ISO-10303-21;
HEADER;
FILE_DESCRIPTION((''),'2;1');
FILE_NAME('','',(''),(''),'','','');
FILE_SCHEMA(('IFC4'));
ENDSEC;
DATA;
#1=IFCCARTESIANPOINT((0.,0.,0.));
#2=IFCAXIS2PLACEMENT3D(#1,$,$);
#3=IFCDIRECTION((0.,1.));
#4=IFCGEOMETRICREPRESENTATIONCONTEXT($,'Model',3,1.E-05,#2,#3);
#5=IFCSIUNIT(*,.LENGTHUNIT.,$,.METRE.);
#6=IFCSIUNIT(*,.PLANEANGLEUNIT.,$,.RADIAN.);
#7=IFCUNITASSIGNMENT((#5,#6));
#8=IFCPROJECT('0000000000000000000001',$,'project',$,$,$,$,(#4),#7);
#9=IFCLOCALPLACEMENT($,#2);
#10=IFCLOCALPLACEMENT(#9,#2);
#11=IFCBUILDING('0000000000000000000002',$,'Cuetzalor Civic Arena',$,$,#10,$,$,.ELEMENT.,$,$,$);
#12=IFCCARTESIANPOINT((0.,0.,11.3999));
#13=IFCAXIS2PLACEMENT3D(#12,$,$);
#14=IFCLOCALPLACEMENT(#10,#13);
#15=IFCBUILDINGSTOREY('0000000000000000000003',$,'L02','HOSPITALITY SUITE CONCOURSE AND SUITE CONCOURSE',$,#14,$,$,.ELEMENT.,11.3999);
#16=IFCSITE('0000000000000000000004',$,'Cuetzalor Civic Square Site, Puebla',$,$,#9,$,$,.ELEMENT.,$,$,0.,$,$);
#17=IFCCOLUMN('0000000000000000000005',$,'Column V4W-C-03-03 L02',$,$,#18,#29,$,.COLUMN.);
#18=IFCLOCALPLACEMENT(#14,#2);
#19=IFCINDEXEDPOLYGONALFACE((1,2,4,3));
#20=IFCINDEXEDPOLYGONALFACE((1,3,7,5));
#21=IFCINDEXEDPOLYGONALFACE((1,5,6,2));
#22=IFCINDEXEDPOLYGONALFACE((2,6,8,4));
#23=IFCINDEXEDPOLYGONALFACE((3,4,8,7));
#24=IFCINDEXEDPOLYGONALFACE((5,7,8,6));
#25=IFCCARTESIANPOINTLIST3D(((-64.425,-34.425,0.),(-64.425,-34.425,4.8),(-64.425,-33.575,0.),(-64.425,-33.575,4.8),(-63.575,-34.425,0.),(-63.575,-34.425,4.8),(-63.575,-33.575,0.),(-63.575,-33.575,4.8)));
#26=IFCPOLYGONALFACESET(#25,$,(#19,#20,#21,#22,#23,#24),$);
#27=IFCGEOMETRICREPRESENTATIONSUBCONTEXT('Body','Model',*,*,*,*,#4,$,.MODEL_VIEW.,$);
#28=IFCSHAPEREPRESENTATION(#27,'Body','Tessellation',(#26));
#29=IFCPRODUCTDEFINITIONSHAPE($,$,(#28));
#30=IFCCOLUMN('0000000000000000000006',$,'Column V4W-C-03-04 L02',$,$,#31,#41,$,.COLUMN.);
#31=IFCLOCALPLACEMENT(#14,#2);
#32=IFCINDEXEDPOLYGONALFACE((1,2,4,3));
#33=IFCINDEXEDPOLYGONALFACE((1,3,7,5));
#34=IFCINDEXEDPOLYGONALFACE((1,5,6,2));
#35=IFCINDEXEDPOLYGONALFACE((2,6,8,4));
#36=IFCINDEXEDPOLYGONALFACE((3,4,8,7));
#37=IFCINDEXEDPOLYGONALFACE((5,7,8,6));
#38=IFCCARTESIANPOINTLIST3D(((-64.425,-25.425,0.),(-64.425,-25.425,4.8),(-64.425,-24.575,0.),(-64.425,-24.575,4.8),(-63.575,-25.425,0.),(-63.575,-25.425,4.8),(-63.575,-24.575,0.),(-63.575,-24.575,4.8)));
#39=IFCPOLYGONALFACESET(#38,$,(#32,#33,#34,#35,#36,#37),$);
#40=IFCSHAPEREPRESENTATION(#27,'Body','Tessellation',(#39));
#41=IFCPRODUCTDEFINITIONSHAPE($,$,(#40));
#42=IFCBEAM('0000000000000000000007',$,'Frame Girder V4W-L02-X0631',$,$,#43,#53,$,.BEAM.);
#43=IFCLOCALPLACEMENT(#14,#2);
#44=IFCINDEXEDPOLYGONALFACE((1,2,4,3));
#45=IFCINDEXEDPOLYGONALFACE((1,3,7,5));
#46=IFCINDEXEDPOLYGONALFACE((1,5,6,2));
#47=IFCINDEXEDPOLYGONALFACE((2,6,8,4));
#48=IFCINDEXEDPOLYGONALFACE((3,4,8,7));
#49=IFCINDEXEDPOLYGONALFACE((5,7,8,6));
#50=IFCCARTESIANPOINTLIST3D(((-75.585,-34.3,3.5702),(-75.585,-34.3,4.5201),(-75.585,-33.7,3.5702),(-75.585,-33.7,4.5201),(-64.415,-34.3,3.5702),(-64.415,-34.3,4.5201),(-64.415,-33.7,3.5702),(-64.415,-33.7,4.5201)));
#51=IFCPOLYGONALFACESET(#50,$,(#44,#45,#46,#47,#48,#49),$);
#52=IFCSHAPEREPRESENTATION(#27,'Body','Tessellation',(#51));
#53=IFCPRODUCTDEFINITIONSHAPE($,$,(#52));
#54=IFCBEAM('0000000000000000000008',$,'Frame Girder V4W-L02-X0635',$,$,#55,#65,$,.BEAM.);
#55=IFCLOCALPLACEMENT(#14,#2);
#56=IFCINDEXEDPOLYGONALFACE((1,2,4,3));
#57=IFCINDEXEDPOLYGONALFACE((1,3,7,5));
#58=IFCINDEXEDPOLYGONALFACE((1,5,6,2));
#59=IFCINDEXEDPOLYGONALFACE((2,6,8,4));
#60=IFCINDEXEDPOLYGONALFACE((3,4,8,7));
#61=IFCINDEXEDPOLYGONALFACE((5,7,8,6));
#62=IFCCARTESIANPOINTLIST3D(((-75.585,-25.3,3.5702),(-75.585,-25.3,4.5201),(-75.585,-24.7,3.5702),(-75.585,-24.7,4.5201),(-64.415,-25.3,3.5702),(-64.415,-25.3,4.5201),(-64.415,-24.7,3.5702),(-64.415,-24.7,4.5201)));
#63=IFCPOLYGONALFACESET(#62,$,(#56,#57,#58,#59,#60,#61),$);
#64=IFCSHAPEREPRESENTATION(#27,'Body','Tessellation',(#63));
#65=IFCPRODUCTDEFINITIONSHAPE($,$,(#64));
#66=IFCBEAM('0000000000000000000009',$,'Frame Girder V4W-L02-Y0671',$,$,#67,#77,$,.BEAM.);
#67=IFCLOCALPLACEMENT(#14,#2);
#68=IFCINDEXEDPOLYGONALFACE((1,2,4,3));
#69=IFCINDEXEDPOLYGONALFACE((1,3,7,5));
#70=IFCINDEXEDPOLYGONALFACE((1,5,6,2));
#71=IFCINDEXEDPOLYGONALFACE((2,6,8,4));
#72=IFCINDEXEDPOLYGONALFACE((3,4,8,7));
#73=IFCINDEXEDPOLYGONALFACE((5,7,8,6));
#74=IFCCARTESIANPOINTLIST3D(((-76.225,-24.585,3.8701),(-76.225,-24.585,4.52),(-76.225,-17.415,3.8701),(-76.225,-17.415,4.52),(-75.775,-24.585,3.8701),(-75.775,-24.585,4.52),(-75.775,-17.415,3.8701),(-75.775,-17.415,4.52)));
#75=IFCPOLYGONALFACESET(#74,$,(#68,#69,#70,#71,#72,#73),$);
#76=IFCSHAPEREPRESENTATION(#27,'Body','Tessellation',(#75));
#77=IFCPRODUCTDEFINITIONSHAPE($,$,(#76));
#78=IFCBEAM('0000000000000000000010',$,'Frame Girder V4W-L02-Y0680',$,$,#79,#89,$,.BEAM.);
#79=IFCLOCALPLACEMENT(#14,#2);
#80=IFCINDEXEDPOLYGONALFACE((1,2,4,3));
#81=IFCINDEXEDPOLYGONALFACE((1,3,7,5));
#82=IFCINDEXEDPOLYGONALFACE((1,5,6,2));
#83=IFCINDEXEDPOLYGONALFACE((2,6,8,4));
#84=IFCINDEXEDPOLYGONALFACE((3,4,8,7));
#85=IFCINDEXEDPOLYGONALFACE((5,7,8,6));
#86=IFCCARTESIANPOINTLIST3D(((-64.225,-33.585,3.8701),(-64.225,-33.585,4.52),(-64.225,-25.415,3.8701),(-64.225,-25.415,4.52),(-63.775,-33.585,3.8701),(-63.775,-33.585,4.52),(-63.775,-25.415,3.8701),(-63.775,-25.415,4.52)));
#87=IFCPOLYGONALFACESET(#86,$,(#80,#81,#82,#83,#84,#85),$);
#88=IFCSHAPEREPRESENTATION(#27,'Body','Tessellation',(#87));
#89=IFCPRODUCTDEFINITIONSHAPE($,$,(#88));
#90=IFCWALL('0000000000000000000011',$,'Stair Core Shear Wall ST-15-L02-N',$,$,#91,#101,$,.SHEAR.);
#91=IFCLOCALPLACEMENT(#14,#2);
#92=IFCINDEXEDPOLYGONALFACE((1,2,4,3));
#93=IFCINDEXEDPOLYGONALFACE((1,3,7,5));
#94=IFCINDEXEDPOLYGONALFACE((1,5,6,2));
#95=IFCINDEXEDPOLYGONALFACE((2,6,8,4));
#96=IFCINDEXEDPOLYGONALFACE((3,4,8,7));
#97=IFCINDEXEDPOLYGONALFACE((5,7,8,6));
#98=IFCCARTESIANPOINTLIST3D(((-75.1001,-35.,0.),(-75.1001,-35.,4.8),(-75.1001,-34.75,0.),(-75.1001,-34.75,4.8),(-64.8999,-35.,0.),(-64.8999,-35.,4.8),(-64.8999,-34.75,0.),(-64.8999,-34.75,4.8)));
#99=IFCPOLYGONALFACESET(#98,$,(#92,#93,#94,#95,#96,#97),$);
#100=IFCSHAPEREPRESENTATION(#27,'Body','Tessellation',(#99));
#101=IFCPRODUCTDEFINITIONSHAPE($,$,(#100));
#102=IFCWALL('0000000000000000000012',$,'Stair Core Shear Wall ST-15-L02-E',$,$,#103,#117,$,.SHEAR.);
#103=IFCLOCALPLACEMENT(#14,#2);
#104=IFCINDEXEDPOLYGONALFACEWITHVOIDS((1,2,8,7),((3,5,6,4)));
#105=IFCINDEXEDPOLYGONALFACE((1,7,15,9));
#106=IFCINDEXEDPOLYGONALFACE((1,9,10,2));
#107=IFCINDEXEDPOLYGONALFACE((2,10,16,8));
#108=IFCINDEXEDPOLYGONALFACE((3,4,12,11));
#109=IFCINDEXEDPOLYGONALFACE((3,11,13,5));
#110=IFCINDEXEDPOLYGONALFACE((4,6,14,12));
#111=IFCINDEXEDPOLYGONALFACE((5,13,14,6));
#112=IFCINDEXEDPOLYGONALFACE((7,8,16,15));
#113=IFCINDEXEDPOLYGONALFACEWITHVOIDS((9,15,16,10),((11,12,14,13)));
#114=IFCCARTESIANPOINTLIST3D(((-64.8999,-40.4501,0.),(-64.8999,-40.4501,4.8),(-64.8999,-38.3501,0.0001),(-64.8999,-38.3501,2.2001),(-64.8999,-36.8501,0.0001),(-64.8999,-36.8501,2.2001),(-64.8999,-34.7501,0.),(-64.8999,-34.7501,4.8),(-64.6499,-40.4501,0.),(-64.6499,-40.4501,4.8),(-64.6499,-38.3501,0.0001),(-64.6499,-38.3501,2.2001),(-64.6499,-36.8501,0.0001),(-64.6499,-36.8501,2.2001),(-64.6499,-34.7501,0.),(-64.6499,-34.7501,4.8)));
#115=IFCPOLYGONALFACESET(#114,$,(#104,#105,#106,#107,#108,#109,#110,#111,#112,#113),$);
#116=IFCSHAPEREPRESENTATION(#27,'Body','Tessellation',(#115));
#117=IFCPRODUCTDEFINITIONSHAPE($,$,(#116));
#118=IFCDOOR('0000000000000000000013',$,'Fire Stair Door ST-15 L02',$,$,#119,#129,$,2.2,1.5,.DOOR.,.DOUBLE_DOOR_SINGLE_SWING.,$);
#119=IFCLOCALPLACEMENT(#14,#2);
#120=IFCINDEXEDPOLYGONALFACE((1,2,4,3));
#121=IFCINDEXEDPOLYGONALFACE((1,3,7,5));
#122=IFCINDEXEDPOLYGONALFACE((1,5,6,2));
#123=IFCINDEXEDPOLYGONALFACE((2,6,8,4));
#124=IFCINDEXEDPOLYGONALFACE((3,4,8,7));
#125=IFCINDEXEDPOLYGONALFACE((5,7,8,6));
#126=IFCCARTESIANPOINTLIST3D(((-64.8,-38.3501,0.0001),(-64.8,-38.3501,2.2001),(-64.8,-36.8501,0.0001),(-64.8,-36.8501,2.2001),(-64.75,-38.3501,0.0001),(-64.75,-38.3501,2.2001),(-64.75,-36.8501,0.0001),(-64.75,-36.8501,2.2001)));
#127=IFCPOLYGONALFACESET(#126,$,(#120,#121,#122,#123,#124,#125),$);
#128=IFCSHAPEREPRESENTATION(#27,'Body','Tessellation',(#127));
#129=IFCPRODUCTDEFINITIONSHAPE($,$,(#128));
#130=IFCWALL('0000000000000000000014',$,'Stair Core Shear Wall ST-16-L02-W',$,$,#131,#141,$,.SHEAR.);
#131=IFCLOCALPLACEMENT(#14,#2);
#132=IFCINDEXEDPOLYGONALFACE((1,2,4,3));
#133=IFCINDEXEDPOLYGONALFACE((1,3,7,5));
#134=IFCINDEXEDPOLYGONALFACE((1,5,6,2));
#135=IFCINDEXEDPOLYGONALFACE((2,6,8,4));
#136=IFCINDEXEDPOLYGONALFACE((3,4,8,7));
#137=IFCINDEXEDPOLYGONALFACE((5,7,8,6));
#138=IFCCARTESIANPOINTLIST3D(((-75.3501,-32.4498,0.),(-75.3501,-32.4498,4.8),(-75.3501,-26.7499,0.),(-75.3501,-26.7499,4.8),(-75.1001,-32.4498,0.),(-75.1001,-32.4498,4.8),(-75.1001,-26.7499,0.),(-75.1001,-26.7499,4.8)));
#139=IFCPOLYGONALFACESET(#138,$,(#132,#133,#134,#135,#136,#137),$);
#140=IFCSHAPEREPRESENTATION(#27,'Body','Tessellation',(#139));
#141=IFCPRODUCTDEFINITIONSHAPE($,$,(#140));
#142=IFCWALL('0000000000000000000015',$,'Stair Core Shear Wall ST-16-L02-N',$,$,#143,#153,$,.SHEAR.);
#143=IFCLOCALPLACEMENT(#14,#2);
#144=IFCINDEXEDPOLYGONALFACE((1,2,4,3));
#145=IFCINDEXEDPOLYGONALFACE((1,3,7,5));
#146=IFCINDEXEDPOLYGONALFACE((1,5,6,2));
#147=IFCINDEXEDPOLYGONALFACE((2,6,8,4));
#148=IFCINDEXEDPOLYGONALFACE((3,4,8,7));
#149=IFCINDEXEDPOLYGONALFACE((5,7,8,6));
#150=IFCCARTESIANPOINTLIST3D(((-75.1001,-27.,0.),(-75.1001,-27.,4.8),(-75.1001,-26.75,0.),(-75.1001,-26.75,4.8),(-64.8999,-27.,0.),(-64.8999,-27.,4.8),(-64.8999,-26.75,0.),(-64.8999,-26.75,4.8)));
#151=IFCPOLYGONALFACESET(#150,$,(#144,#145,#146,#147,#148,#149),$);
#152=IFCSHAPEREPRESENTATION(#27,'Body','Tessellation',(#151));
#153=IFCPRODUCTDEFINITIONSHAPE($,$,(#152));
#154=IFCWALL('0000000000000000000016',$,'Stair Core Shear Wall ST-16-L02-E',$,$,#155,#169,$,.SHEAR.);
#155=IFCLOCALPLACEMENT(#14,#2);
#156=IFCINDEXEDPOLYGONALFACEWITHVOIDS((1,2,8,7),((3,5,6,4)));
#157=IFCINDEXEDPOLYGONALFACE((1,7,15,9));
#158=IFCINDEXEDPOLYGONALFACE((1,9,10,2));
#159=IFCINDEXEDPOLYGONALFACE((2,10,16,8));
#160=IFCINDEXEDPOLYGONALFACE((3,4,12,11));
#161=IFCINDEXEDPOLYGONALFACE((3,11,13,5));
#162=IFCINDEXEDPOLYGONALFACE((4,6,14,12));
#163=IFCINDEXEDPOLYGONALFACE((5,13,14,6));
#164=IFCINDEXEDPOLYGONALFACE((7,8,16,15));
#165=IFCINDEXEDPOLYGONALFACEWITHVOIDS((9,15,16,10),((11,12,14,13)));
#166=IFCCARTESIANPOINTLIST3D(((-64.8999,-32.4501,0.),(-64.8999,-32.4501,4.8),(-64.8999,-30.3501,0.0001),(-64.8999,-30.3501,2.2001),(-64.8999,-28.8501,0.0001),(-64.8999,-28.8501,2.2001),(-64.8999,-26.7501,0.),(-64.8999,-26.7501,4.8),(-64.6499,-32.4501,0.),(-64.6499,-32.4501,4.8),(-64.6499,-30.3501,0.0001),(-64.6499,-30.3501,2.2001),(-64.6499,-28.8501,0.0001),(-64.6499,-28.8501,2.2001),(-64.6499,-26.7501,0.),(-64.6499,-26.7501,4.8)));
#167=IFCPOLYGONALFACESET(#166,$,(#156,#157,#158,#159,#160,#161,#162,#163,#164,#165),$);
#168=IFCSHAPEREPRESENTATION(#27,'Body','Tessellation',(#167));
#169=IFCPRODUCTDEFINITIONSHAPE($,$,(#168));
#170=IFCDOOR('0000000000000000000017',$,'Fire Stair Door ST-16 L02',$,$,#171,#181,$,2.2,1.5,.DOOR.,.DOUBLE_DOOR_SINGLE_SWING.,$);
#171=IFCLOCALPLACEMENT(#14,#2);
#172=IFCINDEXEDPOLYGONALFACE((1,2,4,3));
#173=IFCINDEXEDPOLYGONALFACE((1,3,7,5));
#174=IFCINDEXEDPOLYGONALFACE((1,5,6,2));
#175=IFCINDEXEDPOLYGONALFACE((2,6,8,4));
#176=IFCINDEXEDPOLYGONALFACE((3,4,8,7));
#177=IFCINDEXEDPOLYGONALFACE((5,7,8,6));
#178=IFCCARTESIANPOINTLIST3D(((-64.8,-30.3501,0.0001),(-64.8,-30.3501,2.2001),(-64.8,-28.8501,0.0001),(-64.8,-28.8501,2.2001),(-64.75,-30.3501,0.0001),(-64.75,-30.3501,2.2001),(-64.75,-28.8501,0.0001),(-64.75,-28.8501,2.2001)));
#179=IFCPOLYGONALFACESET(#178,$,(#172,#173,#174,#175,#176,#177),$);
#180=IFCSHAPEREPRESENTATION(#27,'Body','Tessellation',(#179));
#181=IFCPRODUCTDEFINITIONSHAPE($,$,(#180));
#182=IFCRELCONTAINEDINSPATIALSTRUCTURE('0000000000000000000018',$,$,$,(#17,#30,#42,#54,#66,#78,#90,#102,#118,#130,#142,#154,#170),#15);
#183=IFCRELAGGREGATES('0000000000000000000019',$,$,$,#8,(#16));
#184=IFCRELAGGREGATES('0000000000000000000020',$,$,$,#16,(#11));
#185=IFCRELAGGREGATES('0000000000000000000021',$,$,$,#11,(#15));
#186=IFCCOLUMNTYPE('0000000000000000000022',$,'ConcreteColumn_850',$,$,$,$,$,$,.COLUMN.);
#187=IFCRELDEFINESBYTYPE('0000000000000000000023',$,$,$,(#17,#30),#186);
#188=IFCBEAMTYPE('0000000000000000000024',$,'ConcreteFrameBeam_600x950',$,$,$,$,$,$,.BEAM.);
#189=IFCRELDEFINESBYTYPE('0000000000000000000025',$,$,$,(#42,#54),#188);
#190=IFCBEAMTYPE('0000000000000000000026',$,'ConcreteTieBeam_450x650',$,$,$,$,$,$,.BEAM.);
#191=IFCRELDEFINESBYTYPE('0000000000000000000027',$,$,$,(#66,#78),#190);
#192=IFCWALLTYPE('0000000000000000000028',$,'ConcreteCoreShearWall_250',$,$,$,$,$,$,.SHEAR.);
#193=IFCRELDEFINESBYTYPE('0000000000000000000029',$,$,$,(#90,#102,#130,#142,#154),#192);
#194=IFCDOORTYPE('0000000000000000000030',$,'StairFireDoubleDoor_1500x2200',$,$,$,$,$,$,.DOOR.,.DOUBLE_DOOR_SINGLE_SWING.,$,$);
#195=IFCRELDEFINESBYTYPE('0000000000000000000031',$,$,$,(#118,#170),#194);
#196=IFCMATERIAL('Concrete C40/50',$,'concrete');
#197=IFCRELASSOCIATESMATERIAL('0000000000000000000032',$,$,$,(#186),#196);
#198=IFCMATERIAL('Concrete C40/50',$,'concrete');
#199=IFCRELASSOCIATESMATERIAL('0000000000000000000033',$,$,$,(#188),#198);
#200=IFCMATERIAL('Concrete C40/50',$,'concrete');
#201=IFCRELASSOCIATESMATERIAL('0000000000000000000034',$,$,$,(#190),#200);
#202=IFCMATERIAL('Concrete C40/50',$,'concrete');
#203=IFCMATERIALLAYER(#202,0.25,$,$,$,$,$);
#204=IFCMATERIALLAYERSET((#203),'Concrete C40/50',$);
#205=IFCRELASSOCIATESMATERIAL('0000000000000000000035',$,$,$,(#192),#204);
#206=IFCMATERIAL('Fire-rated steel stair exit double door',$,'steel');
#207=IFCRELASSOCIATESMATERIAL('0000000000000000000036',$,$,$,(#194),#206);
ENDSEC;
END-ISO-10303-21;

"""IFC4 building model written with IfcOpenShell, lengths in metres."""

from ifc_helpers import new_model, si_unit, direction, frame, frame_2d, origin, origin_2d, place, context, subcontext, project, spatial, rectangle, extrude, material, layer, layer_set, material_profile, profile_set, type_object, element, fill, save


model = new_model("IFC4")

# Units and contexts
model_context = context("Model", 3, precision=1e-05, world=origin(), true_north=direction((0.0, 1.0)))
body_context = subcontext(model_context, "Body", "Model", "MODEL_VIEW")
ifc_project = project(units=[si_unit("LENGTHUNIT", "METRE"), si_unit("PLANEANGLEUNIT", "RADIAN")], contexts=[model_context])

# Site, building, storey
site_placement = place(None, origin())
site = spatial("IfcSite", under=ifc_project, at=site_placement, Name="Cuetzalor Civic Square Site, Puebla", CompositionType="ELEMENT", RefElevation=0.0)
building_placement = place(site_placement, origin())
building = spatial("IfcBuilding", under=site, at=building_placement, Name="Cuetzalor Civic Arena", CompositionType="ELEMENT")
storey_placement = place(building_placement, frame((0.0, 0.0, 11.3999)))
storey = spatial("IfcBuildingStorey", under=building, at=storey_placement, Name="L02", Description="HOSPITALITY SUITE CONCOURSE AND SUITE CONCOURSE", CompositionType="ELEMENT", Elevation=11.3999)

# Columns
ifc_material_1 = material(Name="Concrete C40/50", Category="concrete")
ifc_material_profile_1 = material_profile(ifc_material_1, rectangle(XDim=0.8501, YDim=0.8501, at=origin_2d()), Name="RC 850x850")
ifc_profile_set_1 = profile_set([ifc_material_profile_1], Name="Concrete C40/50")
column_type = type_object("IfcColumnType", Name="ConcreteColumn_850", PredefinedType="COLUMN", material=ifc_profile_set_1)
for number, where, z_axis, x_axis, name in (
    (1, (-64.0, -34.0, 0.0), (0.0, 0.0, 1.0), (1.0, 0.0, 0.0), "Column V4W-C-03-03 L02"),
    (2, (-64.0, -25.0, 0.0), (0.0, 0.0, 1.0), (1.0, 0.0, 0.0), "Column V4W-C-03-04 L02"),
):
    element("IfcColumn", number, at=place(storey_placement, frame(where, z_axis=z_axis, x_axis=x_axis)), inside=storey, type_object=column_type, Name=name, PredefinedType="COLUMN", context=body_context, shape_type="SweptSolid", body=[
        extrude(rectangle(XDim=0.8501, YDim=0.8501, at=origin_2d()), origin(), (0.0, 0.0, 1.0), 4.8),
    ])

# Beams
ifc_material_2 = material(Name="Concrete C40/50", Category="concrete")
ifc_material_profile_2 = material_profile(ifc_material_2, rectangle(XDim=0.6001, YDim=0.95, at=origin_2d()), Name="RC 600x950")
ifc_profile_set_2 = profile_set([ifc_material_profile_2], Name="Concrete C40/50")
beam_type_1 = type_object("IfcBeamType", Name="ConcreteFrameBeam_600x950", PredefinedType="BEAM", material=ifc_profile_set_2)
for number, where, z_axis, x_axis, name in (
    (3, (-75.585, -34.0, 4.0452), (1.0, 0.0, 0.0), (0.0, 1.0, 0.0), "Frame Girder V4W-L02-X0631"),
    (4, (-75.585, -25.0, 4.0452), (1.0, 0.0, 0.0), (0.0, 1.0, 0.0), "Frame Girder V4W-L02-X0635"),
):
    element("IfcBeam", number, at=place(storey_placement, frame(where, z_axis=z_axis, x_axis=x_axis)), inside=storey, type_object=beam_type_1, Name=name, PredefinedType="BEAM", context=body_context, shape_type="SweptSolid", body=[
        extrude(rectangle(XDim=0.6001, YDim=0.95, at=origin_2d()), origin(), (0.0, 0.0, 1.0), 11.1699),
    ])
ifc_material_3 = material(Name="Concrete C40/50", Category="concrete")
ifc_material_profile_3 = material_profile(ifc_material_3, rectangle(XDim=0.45, YDim=0.6499, at=origin_2d()), Name="RC 450x650")
ifc_profile_set_3 = profile_set([ifc_material_profile_3], Name="Concrete C40/50")
beam_type_2 = type_object("IfcBeamType", Name="ConcreteTieBeam_450x650", PredefinedType="BEAM", material=ifc_profile_set_3)
beam_1_placement = place(storey_placement, frame((-76.0, -24.585, 4.1951), z_axis=(0.0, 1.0, 0.0), x_axis=(-1.0, 0.0, 0.0)))
element("IfcBeam", 5, at=beam_1_placement, inside=storey, type_object=beam_type_2, Name="Frame Girder V4W-L02-Y0671", PredefinedType="BEAM", context=body_context, shape_type="SweptSolid", body=[
    extrude(rectangle(XDim=0.45, YDim=0.6499, at=origin_2d()), origin(), (0.0, 0.0, 1.0), 7.1699),
])
beam_2_placement = place(storey_placement, frame((-64.0, -33.585, 4.1951), z_axis=(0.0, 1.0, 0.0), x_axis=(-1.0, 0.0, 0.0)))
element("IfcBeam", 6, at=beam_2_placement, inside=storey, type_object=beam_type_2, Name="Frame Girder V4W-L02-Y0680", PredefinedType="BEAM", context=body_context, shape_type="SweptSolid", body=[
    extrude(rectangle(XDim=0.45, YDim=0.6499, at=origin_2d()), origin(), (0.0, 0.0, 1.0), 8.1699),
])

# Wall
ifc_material_4 = material(Name="Concrete C40/50", Category="concrete")
ifc_layer = layer(ifc_material_4, 0.25)
ifc_layer_set = layer_set([ifc_layer], Name="Concrete C40/50")
wall_type = type_object("IfcWallType", Name="ConcreteCoreShearWall_250", PredefinedType="SHEAR", material=ifc_layer_set)
wall_1_placement = place(storey_placement, frame((-75.1001, -34.875, 0.0), z_axis=(0.0, 0.0, 1.0), x_axis=(1.0, 0.0, 0.0)))
element("IfcWall", 7, at=wall_1_placement, inside=storey, type_object=wall_type, Name="Stair Core Shear Wall ST-15-L02-N", PredefinedType="SHEAR", context=body_context, shape_type="SweptSolid", body=[
    extrude(rectangle(XDim=10.2002, YDim=0.25, at=frame_2d((5.1001, 0.0))), origin(), (0.0, 0.0, 1.0), 4.8),
])

# Wall, opening, door
wall_2_placement = place(storey_placement, frame((-64.7749, -34.75, 0.0), z_axis=(0.0, 0.0, 1.0), x_axis=(0.0, -1.0, 0.0)))
wall_2 = element("IfcWall", 8, at=wall_2_placement, inside=storey, type_object=wall_type, Name="Stair Core Shear Wall ST-15-L02-E", PredefinedType="SHEAR", context=body_context, shape_type="SweptSolid", body=[
    extrude(rectangle(XDim=5.7, YDim=0.25, at=frame_2d((2.8501, 0.0))), origin(), (0.0, 0.0, 1.0), 4.8),
])
opening_1_placement = place(wall_2_placement, frame((2.1001, 0.0, 0.0)))
opening_1 = element("IfcOpeningElement", 9, at=opening_1_placement, cuts=wall_2, PredefinedType="OPENING", context=body_context, shape_type="SweptSolid", body=[
    extrude(rectangle(XDim=1.5, YDim=2.2, at=frame_2d((0.75, 1.1001))), frame((0.0, 0.135, 0.0), z_axis=(0.0, -1.0, 0.0), x_axis=(1.0, 0.0, 0.0)), (0.0, 0.0, 1.0), 0.27),
])
ifc_material_5 = material(Name="Fire-rated steel stair exit double door", Category="steel")
door_type = type_object("IfcDoorType", Name="StairFireDoubleDoor_1500x2200", OperationType="DOUBLE_DOOR_SINGLE_SWING", PredefinedType="DOOR", material=ifc_material_5)
door_1_placement = place(opening_1_placement, origin())
door_1 = element("IfcDoor", 10, at=door_1_placement, inside=storey, type_object=door_type, Name="Fire Stair Door ST-15 L02", OperationType="DOUBLE_DOOR_SINGLE_SWING", OverallHeight=2.2, OverallWidth=1.5, PredefinedType="DOOR", context=body_context, shape_type="SweptSolid", body=[
    extrude(rectangle(XDim=1.5, YDim=2.2, at=frame_2d((0.75, 1.1001))), frame((0.0, 0.0249, 0.0), z_axis=(0.0, -1.0, 0.0), x_axis=(1.0, 0.0, 0.0)), (0.0, 0.0, 1.0), 0.05),
])
fill(opening_1, door_1)

# Walls
wall_3_placement = place(storey_placement, frame((-75.2251, -32.45, 0.0), z_axis=(0.0, 0.0, 1.0), x_axis=(0.0, 1.0, 0.0)))
element("IfcWall", 11, at=wall_3_placement, inside=storey, type_object=wall_type, Name="Stair Core Shear Wall ST-16-L02-W", PredefinedType="SHEAR", context=body_context, shape_type="SweptSolid", body=[
    extrude(rectangle(XDim=5.7, YDim=0.25, at=frame_2d((2.8501, 0.0))), origin(), (0.0, 0.0, 1.0), 4.8),
])
wall_4_placement = place(storey_placement, frame((-75.1001, -26.875, 0.0), z_axis=(0.0, 0.0, 1.0), x_axis=(1.0, 0.0, 0.0)))
element("IfcWall", 12, at=wall_4_placement, inside=storey, type_object=wall_type, Name="Stair Core Shear Wall ST-16-L02-N", PredefinedType="SHEAR", context=body_context, shape_type="SweptSolid", body=[
    extrude(rectangle(XDim=10.2002, YDim=0.25, at=frame_2d((5.1001, 0.0))), origin(), (0.0, 0.0, 1.0), 4.8),
])

# Wall, opening, door
wall_5_placement = place(storey_placement, frame((-64.7749, -26.75, 0.0), z_axis=(0.0, 0.0, 1.0), x_axis=(0.0, -1.0, 0.0)))
wall_5 = element("IfcWall", 13, at=wall_5_placement, inside=storey, type_object=wall_type, Name="Stair Core Shear Wall ST-16-L02-E", PredefinedType="SHEAR", context=body_context, shape_type="SweptSolid", body=[
    extrude(rectangle(XDim=5.7, YDim=0.25, at=frame_2d((2.8501, 0.0))), origin(), (0.0, 0.0, 1.0), 4.8),
])
opening_2_placement = place(wall_5_placement, frame((2.1001, 0.0, 0.0)))
opening_2 = element("IfcOpeningElement", 14, at=opening_2_placement, cuts=wall_5, PredefinedType="OPENING", context=body_context, shape_type="SweptSolid", body=[
    extrude(rectangle(XDim=1.5, YDim=2.2, at=frame_2d((0.75, 1.1001))), frame((0.0, 0.135, 0.0), z_axis=(0.0, -1.0, 0.0), x_axis=(1.0, 0.0, 0.0)), (0.0, 0.0, 1.0), 0.27),
])
door_2_placement = place(opening_2_placement, origin())
door_2 = element("IfcDoor", 15, at=door_2_placement, inside=storey, type_object=door_type, Name="Fire Stair Door ST-16 L02", OperationType="DOUBLE_DOOR_SINGLE_SWING", OverallHeight=2.2, OverallWidth=1.5, PredefinedType="DOOR", context=body_context, shape_type="SweptSolid", body=[
    extrude(rectangle(XDim=1.5, YDim=2.2, at=frame_2d((0.75, 1.1001))), frame((0.0, 0.0249, 0.0), z_axis=(0.0, -1.0, 0.0), x_axis=(1.0, 0.0, 0.0)), (0.0, 0.0, 1.0), 0.05),
])
fill(opening_2, door_2)

save(model, "model.ifc")
